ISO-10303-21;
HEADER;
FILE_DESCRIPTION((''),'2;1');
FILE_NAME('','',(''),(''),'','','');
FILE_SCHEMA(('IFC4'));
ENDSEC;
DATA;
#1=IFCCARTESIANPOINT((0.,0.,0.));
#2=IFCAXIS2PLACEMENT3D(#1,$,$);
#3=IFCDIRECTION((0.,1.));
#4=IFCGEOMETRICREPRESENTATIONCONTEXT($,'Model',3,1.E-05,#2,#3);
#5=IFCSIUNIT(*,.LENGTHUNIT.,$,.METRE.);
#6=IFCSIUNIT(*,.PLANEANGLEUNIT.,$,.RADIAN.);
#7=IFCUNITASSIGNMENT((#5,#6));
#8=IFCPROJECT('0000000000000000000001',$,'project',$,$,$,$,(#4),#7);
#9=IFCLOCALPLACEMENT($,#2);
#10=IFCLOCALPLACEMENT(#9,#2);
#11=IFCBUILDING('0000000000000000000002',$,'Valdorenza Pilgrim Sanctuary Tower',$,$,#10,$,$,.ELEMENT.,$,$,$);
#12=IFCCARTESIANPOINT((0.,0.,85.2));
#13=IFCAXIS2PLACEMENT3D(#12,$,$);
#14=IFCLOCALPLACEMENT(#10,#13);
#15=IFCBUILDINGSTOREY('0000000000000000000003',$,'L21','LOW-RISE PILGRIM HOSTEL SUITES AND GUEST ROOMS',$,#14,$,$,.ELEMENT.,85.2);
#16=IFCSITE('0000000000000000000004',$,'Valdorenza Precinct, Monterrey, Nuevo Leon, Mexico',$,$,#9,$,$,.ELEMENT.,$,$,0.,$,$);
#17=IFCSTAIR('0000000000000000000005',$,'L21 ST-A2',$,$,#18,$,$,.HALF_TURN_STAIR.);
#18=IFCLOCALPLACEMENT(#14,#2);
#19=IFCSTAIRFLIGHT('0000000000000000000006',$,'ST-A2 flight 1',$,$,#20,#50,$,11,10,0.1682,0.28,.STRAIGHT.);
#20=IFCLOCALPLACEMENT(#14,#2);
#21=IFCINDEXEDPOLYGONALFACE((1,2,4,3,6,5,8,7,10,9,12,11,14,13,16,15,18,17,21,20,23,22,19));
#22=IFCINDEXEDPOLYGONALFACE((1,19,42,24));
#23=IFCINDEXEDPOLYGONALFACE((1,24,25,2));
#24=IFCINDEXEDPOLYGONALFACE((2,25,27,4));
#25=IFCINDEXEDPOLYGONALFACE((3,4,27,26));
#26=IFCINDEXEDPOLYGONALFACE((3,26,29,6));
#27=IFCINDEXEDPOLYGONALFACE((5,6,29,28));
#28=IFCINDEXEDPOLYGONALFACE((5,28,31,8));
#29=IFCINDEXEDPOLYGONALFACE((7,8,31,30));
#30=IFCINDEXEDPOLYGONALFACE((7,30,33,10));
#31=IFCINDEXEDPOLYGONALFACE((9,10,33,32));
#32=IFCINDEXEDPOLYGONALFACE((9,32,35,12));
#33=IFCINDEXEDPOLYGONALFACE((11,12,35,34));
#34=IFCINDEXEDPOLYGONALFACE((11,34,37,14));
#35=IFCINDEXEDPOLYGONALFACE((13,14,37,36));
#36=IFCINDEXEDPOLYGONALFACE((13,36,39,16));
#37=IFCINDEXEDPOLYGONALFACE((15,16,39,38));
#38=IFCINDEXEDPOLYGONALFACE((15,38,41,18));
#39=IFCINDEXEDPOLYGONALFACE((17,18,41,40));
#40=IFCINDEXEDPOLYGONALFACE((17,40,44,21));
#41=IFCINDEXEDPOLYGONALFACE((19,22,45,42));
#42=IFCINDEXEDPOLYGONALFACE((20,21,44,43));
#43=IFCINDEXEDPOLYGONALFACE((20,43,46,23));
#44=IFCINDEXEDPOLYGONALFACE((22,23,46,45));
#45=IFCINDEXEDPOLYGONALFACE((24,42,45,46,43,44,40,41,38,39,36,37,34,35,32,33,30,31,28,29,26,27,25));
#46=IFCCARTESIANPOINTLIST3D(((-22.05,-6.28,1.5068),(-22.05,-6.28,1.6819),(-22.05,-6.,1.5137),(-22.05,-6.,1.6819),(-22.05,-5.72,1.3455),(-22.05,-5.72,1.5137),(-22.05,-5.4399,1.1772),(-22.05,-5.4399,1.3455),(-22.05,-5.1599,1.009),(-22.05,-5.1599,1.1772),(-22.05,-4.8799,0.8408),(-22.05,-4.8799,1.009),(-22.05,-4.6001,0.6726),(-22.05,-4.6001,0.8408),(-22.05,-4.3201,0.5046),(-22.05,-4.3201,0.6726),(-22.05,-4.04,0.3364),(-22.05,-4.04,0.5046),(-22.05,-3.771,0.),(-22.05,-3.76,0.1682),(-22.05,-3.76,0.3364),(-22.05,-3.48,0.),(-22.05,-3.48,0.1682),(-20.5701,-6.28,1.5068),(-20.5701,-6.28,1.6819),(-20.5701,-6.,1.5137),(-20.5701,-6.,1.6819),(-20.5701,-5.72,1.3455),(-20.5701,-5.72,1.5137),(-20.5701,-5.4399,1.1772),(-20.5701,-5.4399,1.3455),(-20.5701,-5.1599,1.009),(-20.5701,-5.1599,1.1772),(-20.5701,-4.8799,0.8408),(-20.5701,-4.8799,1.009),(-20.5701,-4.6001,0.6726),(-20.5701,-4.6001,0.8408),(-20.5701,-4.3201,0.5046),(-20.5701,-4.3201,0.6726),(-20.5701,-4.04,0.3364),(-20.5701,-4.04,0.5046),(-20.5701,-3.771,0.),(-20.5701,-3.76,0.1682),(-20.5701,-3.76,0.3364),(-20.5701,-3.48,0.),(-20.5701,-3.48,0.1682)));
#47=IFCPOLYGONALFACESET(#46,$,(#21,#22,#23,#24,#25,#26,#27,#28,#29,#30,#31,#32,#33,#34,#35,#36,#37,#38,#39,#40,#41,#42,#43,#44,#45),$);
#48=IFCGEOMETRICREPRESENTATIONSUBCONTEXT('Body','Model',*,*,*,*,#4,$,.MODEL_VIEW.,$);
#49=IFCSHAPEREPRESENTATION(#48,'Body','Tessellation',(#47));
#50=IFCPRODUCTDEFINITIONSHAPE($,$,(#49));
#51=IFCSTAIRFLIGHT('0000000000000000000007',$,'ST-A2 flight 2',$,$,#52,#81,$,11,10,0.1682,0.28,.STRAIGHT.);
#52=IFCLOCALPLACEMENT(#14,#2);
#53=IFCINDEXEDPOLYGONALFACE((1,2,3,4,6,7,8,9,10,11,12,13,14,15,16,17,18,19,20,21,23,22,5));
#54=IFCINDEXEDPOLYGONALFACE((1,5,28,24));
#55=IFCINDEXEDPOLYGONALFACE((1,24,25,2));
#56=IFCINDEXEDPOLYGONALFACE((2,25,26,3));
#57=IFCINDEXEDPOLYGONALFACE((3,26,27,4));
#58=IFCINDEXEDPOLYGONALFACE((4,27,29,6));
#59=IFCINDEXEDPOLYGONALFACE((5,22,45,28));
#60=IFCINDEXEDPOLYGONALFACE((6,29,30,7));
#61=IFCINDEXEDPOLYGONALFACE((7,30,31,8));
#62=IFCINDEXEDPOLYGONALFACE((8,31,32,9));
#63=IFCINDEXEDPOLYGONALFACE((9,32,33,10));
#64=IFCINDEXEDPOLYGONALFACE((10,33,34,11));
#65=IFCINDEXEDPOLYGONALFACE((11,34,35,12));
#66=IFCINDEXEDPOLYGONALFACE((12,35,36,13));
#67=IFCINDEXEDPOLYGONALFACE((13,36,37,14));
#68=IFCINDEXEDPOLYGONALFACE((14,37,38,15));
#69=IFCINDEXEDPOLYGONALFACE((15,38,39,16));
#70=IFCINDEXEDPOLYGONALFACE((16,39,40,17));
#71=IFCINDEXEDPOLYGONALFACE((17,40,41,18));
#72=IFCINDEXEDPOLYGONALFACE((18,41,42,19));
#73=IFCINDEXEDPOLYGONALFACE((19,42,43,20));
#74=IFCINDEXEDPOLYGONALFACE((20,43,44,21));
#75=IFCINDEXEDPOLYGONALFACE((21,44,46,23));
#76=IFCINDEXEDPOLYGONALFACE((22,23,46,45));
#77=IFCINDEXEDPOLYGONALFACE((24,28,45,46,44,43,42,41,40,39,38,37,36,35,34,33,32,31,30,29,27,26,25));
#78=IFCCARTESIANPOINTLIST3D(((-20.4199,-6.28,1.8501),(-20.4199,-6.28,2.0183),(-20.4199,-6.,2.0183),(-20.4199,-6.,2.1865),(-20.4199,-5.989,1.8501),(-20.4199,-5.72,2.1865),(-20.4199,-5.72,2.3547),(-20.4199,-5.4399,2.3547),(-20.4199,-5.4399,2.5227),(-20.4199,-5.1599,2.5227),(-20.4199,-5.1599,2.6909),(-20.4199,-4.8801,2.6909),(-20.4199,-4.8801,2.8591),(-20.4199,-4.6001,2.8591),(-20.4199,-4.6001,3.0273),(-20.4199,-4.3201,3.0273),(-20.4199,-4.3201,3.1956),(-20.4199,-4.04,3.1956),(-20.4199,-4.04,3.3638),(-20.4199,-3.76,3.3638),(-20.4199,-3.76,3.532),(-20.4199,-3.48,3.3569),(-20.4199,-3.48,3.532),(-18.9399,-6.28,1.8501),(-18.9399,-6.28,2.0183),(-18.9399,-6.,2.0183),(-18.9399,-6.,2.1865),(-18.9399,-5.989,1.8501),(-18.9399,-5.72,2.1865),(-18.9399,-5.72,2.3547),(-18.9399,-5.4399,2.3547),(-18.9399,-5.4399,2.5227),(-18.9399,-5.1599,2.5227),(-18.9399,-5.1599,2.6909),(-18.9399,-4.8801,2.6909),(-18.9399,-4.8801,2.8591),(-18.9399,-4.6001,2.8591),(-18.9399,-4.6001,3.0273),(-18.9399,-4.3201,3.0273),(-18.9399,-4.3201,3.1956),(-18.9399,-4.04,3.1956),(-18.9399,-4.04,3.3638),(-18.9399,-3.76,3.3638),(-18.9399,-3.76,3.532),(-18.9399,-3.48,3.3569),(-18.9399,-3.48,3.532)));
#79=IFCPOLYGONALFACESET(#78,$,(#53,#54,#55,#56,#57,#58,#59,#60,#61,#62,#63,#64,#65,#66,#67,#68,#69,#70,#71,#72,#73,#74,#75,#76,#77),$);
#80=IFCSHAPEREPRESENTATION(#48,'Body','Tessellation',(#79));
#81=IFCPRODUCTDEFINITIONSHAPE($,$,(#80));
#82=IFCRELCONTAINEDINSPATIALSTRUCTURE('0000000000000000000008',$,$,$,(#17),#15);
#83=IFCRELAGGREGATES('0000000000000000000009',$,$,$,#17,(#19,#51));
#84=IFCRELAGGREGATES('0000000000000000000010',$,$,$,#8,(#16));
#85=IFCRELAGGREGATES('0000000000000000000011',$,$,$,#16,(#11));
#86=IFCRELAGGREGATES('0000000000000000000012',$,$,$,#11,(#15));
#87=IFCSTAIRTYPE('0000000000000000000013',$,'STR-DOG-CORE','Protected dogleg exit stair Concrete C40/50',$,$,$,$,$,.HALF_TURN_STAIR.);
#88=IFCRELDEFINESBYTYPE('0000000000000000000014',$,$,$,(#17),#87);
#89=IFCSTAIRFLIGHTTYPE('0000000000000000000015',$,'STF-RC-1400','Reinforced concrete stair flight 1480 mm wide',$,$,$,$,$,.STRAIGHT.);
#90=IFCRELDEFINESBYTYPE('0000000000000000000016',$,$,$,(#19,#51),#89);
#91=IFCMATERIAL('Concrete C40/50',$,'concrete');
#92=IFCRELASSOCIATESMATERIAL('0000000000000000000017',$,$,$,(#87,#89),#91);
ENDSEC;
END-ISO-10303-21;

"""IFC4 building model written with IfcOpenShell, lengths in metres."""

from ifc_helpers import new_model, si_unit, direction, frame, origin, place, context, subcontext, project, spatial, polyline, outline, extrude, material, type_object, element, aggregate, save


model = new_model("IFC4")

# Units and contexts
model_context = context("Model", 3, precision=1e-05, world=origin(), true_north=direction((0.0, 1.0)))
body_context = subcontext(model_context, "Body", "Model", "MODEL_VIEW")
ifc_project = project(units=[si_unit("LENGTHUNIT", "METRE"), si_unit("PLANEANGLEUNIT", "RADIAN")], contexts=[model_context])

# Site, building, storey
site_placement = place(None, origin())
site = spatial("IfcSite", under=ifc_project, at=site_placement, Name="Valdorenza Precinct, Monterrey, Nuevo Leon, Mexico", CompositionType="ELEMENT", RefElevation=0.0)
building_placement = place(site_placement, origin())
building = spatial("IfcBuilding", under=site, at=building_placement, Name="Valdorenza Pilgrim Sanctuary Tower", CompositionType="ELEMENT")
storey_placement = place(building_placement, frame((0.0, 0.0, 85.2)))
storey = spatial("IfcBuildingStorey", under=building, at=storey_placement, Name="L21", Description="LOW-RISE PILGRIM HOSTEL SUITES AND GUEST ROOMS", CompositionType="ELEMENT", Elevation=85.2)

# Shared definitions
ifc_material_1 = material(Name="Concrete C40/50", Category="concrete")

# Stair, stair flights
stair_type = type_object("IfcStairType", Name="STR-DOG-CORE", Description="Protected dogleg exit stair Concrete C40/50", PredefinedType="HALF_TURN_STAIR", material=ifc_material_1)
stair_placement = place(storey_placement, origin())
stair = element("IfcStair", 1, at=stair_placement, inside=storey, type_object=stair_type, Name="L21 ST-A2", PredefinedType="HALF_TURN_STAIR")
stair_flight_type = type_object("IfcStairFlightType", Name="STF-RC-1400", Description="Reinforced concrete stair flight 1480 mm wide", PredefinedType="STRAIGHT", material=ifc_material_1)
stair_flight_1_placement = place(storey_placement, frame((-21.3101, -3.48, 0.0), z_axis=(0.0, 0.0, 1.0), x_axis=(0.0, -1.0, 0.0)))
stair_flight_1 = element("IfcStairFlight", 2, at=stair_flight_1_placement, type_object=stair_flight_type, Name="ST-A2 flight 1", NumberOfRisers=11, NumberOfTreads=10, PredefinedType="STRAIGHT", RiserHeight=0.1682, TreadLength=0.28, context=body_context, shape_type="SweptSolid", body=[
    extrude(outline(polyline([(0.0, 0.0), (0.0, 0.1682), (0.28, 0.1682), (0.28, 0.3364), (0.5601, 0.3364), (0.5601, 0.5046), (0.8401, 0.5046), (0.8401, 0.6726), (1.1201, 0.6726), (1.1201, 0.8408), (1.3999, 0.8408), (1.3999, 1.009), (1.6799, 1.009), (1.6799, 1.1772), (1.96, 1.1772), (1.96, 1.3455), (2.24, 1.3455), (2.24, 1.5137), (2.52, 1.5137), (2.52, 1.6819), (2.8, 1.6819), (2.8, 1.8501), (2.8, 1.5068), (0.291, 0.0), (0.0, 0.0)])), frame((0.0, 0.74, 0.0), z_axis=(0.0, -1.0, 0.0), x_axis=(1.0, 0.0, 0.0)), (0.0, 0.0, 1.0), 1.48),
])
stair_flight_2_placement = place(storey_placement, frame((-19.6799, -6.28, 1.8501), z_axis=(0.0, 0.0, 1.0), x_axis=(0.0, 1.0, 0.0)))
stair_flight_2 = element("IfcStairFlight", 3, at=stair_flight_2_placement, type_object=stair_flight_type, Name="ST-A2 flight 2", NumberOfRisers=11, NumberOfTreads=10, PredefinedType="STRAIGHT", RiserHeight=0.1682, TreadLength=0.28, context=body_context, shape_type="SweptSolid", body=[
    extrude(outline(polyline([(0.0, 0.0), (0.0, 0.1682), (0.28, 0.1682), (0.28, 0.3364), (0.5601, 0.3364), (0.5601, 0.5046), (0.8401, 0.5046), (0.8401, 0.6726), (1.1201, 0.6726), (1.1201, 0.8408), (1.3999, 0.8408), (1.3999, 1.009), (1.6799, 1.009), (1.6799, 1.1772), (1.96, 1.1772), (1.96, 1.3455), (2.24, 1.3455), (2.24, 1.5137), (2.52, 1.5137), (2.52, 1.6819), (2.8, 1.6819), (2.8, 1.8501), (2.8, 1.5068), (0.291, 0.0), (0.0, 0.0)])), frame((0.0, 0.74, 0.0), z_axis=(0.0, -1.0, 0.0), x_axis=(1.0, 0.0, 0.0)), (0.0, 0.0, 1.0), 1.48),
])
aggregate(stair, [stair_flight_1, stair_flight_2])

save(model, "model.ifc")
